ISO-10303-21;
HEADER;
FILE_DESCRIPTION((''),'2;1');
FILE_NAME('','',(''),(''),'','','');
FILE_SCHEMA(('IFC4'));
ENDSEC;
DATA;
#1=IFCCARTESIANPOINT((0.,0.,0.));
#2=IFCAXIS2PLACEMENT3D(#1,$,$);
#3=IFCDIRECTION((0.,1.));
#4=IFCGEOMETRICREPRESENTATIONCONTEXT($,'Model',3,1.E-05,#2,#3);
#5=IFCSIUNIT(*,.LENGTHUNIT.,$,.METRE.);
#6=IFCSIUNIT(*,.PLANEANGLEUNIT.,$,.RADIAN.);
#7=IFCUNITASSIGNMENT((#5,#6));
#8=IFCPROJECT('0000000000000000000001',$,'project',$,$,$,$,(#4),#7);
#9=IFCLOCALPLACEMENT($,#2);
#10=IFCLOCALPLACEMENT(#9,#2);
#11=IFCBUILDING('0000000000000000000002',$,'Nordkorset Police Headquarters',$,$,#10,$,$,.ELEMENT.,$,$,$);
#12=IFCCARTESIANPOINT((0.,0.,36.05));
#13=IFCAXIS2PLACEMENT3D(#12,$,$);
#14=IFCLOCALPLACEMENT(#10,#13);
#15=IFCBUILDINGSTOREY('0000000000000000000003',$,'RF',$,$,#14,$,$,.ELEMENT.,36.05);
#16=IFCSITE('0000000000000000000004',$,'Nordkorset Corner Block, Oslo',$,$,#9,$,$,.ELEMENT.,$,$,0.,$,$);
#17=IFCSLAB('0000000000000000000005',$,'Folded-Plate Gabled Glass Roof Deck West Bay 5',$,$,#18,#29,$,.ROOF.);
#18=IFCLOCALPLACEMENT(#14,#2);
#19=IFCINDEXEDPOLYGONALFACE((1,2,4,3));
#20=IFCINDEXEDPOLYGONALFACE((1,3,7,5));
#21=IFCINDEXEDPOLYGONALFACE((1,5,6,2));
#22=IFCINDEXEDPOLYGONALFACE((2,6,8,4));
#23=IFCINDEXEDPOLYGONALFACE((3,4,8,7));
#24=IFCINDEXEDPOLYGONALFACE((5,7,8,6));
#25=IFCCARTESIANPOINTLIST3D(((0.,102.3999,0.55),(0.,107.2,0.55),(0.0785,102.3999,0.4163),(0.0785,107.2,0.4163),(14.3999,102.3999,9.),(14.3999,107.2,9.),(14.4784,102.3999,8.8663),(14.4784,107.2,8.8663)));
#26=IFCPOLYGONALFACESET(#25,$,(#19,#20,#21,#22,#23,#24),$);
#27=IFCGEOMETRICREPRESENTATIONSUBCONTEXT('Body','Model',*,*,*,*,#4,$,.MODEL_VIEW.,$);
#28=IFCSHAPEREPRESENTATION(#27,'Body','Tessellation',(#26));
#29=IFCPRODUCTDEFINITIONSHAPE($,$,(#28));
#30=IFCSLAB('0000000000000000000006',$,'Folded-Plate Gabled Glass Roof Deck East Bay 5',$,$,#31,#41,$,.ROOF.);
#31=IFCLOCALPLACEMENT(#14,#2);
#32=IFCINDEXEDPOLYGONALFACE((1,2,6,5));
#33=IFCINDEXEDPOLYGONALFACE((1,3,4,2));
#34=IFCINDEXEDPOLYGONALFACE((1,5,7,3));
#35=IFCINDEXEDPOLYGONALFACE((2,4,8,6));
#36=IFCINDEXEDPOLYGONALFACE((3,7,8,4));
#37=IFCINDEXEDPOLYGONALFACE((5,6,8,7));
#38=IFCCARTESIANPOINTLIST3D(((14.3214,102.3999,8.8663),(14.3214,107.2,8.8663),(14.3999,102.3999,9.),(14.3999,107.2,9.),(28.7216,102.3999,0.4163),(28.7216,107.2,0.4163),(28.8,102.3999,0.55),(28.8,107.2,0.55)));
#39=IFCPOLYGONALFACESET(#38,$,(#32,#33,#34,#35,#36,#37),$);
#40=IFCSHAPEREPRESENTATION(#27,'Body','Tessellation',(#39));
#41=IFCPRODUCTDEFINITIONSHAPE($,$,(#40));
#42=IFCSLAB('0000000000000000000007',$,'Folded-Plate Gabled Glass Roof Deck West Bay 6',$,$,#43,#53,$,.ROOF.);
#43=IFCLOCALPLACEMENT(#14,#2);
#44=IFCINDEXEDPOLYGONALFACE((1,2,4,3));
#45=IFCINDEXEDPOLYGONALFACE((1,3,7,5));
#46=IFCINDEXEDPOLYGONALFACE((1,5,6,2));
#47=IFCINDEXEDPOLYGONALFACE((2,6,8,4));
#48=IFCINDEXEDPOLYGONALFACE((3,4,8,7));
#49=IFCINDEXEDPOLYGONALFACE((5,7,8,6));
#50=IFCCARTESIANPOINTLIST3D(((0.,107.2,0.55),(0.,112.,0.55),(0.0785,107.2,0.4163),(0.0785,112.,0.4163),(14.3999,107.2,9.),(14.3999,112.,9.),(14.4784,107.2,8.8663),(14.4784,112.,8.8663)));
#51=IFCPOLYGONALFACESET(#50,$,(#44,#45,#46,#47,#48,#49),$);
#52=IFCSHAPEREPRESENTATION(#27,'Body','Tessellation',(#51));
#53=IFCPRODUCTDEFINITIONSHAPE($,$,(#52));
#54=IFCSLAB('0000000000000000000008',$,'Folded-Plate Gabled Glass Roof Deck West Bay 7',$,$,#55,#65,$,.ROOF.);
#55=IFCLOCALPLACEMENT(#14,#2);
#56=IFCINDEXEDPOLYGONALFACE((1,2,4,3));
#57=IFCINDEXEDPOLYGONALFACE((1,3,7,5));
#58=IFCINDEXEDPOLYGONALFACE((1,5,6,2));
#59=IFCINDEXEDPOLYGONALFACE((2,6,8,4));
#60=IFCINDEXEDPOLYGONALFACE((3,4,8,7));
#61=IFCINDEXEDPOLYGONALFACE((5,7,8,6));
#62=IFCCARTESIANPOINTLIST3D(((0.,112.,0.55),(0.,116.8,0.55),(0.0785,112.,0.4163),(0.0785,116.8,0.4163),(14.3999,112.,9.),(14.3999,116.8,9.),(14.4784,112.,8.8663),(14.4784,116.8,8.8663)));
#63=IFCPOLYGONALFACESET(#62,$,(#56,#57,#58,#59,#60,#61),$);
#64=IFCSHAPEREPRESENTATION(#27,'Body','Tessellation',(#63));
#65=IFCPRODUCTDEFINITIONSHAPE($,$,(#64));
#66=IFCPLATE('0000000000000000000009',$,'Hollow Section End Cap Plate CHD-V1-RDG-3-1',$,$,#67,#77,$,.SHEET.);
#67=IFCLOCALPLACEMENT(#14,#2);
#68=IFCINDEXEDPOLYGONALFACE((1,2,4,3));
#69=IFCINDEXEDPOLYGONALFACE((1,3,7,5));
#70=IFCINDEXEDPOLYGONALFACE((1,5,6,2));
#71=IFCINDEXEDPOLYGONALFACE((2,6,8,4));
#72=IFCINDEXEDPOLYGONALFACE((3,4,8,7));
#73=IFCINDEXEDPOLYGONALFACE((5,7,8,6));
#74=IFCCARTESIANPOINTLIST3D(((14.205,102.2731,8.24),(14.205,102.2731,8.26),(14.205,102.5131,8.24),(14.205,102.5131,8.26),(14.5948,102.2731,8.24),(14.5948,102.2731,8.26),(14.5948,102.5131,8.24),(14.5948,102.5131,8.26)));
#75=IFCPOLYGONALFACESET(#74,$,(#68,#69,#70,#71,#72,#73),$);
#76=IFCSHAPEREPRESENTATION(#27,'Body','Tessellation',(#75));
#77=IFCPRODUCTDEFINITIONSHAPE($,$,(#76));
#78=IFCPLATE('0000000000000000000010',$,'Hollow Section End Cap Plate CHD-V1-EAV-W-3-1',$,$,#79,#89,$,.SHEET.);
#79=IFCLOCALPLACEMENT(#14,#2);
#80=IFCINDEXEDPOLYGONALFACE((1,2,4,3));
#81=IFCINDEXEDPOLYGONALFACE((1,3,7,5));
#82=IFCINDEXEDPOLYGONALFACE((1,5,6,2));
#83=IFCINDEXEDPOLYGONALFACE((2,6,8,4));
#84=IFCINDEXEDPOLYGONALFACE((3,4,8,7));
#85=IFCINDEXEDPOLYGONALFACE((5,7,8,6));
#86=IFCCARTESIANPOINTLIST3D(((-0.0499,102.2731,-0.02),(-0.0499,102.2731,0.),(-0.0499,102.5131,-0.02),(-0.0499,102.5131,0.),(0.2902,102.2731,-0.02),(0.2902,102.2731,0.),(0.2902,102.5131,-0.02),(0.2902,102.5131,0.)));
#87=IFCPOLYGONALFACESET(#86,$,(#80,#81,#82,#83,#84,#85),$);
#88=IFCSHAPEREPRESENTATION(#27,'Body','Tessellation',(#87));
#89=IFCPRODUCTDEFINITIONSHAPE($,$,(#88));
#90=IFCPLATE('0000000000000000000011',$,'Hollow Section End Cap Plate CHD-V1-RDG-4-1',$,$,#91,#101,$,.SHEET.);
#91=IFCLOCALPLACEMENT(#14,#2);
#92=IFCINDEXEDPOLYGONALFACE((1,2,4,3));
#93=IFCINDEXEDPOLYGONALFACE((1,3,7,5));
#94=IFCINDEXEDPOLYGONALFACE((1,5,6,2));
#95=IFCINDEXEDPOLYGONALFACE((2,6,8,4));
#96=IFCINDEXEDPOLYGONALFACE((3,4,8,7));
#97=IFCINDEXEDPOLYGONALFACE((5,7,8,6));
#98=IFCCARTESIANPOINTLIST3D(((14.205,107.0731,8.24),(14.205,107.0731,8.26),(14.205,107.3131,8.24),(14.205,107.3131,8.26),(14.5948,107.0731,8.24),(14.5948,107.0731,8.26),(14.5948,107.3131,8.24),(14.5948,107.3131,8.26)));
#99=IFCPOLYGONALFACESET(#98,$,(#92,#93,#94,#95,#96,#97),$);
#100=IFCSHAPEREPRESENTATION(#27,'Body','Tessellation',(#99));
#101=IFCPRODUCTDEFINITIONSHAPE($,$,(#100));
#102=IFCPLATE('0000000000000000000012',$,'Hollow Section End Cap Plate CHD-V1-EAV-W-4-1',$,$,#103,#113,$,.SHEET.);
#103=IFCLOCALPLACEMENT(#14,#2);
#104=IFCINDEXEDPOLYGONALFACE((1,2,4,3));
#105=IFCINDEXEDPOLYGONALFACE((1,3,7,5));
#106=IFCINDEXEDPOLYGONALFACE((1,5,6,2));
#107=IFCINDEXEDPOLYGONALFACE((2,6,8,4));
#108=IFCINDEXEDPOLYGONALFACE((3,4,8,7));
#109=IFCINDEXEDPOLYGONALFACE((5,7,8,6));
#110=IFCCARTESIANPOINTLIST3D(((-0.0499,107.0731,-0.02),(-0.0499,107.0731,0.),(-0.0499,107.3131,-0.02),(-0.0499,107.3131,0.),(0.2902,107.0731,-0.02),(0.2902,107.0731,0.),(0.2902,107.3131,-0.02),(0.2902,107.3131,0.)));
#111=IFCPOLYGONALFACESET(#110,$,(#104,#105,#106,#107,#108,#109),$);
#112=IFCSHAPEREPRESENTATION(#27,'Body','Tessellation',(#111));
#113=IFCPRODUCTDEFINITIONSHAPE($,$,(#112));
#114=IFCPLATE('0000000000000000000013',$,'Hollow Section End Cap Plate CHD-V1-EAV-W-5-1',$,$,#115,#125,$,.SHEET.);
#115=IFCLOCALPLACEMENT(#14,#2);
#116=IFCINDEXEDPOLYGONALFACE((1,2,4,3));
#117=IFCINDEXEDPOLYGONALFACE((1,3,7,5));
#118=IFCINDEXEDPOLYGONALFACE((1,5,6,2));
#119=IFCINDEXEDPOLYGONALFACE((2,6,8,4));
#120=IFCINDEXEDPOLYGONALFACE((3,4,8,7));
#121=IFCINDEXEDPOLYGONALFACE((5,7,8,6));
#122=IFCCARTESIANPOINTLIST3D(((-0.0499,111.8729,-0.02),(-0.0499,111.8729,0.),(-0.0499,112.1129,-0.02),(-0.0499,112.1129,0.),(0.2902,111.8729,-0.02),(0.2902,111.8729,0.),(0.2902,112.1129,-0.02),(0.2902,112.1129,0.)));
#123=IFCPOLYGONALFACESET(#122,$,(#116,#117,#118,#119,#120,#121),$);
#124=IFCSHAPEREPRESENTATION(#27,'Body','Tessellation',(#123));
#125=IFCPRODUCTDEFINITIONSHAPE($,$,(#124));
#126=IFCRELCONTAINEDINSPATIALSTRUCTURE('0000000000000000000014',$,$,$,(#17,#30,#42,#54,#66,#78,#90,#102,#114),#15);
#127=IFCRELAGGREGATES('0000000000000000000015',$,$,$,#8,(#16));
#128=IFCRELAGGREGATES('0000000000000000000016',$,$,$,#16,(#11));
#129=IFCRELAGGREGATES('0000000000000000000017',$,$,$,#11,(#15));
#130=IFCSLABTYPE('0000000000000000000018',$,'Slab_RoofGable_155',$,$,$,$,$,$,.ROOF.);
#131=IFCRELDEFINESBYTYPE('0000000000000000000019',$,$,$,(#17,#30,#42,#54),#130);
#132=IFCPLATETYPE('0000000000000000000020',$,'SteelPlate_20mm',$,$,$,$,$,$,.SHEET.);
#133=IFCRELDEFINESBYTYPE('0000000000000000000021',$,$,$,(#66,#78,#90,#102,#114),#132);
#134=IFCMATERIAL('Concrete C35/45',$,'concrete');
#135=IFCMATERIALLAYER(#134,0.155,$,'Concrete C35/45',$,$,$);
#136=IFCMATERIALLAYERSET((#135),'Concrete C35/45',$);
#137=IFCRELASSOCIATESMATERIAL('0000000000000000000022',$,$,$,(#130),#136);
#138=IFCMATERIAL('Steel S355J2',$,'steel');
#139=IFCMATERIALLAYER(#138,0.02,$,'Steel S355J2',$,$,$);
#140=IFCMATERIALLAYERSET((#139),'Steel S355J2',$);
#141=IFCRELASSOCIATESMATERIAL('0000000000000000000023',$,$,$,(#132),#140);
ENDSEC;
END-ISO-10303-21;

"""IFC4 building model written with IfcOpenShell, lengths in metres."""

from ifc_helpers import new_model, si_unit, direction, frame, origin, origin_2d, place, context, subcontext, project, spatial, polyline, rectangle, outline, extrude, material, layer, layer_set, type_object, element, save


model = new_model("IFC4")

# Units and contexts
model_context = context("Model", 3, precision=1e-05, world=origin(), true_north=direction((0.0, 1.0)))
body_context = subcontext(model_context, "Body", "Model", "MODEL_VIEW")
ifc_project = project(units=[si_unit("LENGTHUNIT", "METRE"), si_unit("PLANEANGLEUNIT", "RADIAN")], contexts=[model_context])

# Site, building, storey
site_placement = place(None, origin())
site = spatial("IfcSite", under=ifc_project, at=site_placement, Name="Nordkorset Corner Block, Oslo", CompositionType="ELEMENT", RefElevation=0.0)
building_placement = place(site_placement, origin())
building = spatial("IfcBuilding", under=site, at=building_placement, Name="Nordkorset Police Headquarters", CompositionType="ELEMENT")
storey_placement = place(building_placement, frame((0.0, 0.0, 36.05)))
storey = spatial("IfcBuildingStorey", under=building, at=storey_placement, Name="RF", CompositionType="ELEMENT", Elevation=36.05)

# Slabs
ifc_material_1 = material(Name="Concrete C35/45", Category="concrete")
ifc_layer_1 = layer(ifc_material_1, 0.155, Name="Concrete C35/45")
ifc_layer_set_1 = layer_set([ifc_layer_1], Name="Concrete C35/45")
slab_type = type_object("IfcSlabType", Name="Slab_RoofGable_155", PredefinedType="ROOF", material=ifc_layer_set_1)
slab_1_placement = place(storey_placement, frame((0.0, 102.3999, 0.55), z_axis=(-0.506104, 0.0, 0.862472), x_axis=(0.862472, 0.0, 0.506104)))
element("IfcSlab", 1, at=slab_1_placement, inside=storey, type_object=slab_type, Name="Folded-Plate Gabled Glass Roof Deck West Bay 5", PredefinedType="ROOF", context=body_context, shape_type="SweptSolid", body=[
    extrude(outline(polyline([(0.0, 0.0), (16.6961, 0.0), (16.6961, 4.8), (0.0, 4.8), (0.0, 0.0)])), origin(), (0.0, 0.0, -1.0), 0.155),
])
slab_2_placement = place(storey_placement, frame((14.3999, 102.3999, 9.0), z_axis=(0.506098, 0.0, 0.862476), x_axis=(0.862476, 0.0, -0.506098)))
element("IfcSlab", 2, at=slab_2_placement, inside=storey, type_object=slab_type, Name="Folded-Plate Gabled Glass Roof Deck East Bay 5", PredefinedType="ROOF", context=body_context, shape_type="SweptSolid", body=[
    extrude(outline(polyline([(0.0, 0.0), (16.6963, 0.0), (16.6963, 4.8), (0.0, 4.8), (0.0, 0.0)])), origin(), (0.0, 0.0, -1.0), 0.155),
])
for number, where, z_axis, x_axis, name in (
    (3, (0.0, 107.2, 0.55), (-0.506104, 0.0, 0.862472), (0.862472, 0.0, 0.506104), "Folded-Plate Gabled Glass Roof Deck West Bay 6"),
    (4, (0.0, 112.0, 0.55), (-0.506104, 0.0, 0.862472), (0.862472, 0.0, 0.506104), "Folded-Plate Gabled Glass Roof Deck West Bay 7"),
):
    element("IfcSlab", number, at=place(storey_placement, frame(where, z_axis=z_axis, x_axis=x_axis)), inside=storey, type_object=slab_type, Name=name, PredefinedType="ROOF", context=body_context, shape_type="SweptSolid", body=[
        extrude(outline(polyline([(0.0, 0.0), (16.6961, 0.0), (16.6961, 4.8), (0.0, 4.8), (0.0, 0.0)])), origin(), (0.0, 0.0, -1.0), 0.155),
    ])

# Plates
ifc_material_2 = material(Name="Steel S355J2", Category="steel")
ifc_layer_2 = layer(ifc_material_2, 0.02, Name="Steel S355J2")
ifc_layer_set_2 = layer_set([ifc_layer_2], Name="Steel S355J2")
plate_type = type_object("IfcPlateType", Name="SteelPlate_20mm", PredefinedType="SHEET", material=ifc_layer_set_2)
plate_1_placement = place(storey_placement, frame((14.3999, 102.3931, 8.24), z_axis=(0.0, 0.0, 1.0), x_axis=(1.0, 0.0, 0.0)))
element("IfcPlate", 5, at=plate_1_placement, inside=storey, type_object=plate_type, Name="Hollow Section End Cap Plate CHD-V1-RDG-3-1", PredefinedType="SHEET", context=body_context, shape_type="SweptSolid", body=[
    extrude(rectangle(XDim=0.3899, YDim=0.24, at=origin_2d()), origin(), (0.0, 0.0, 1.0), 0.02),
])
plate_2_placement = place(storey_placement, frame((0.1201, 102.3931, -0.02), z_axis=(0.0, 0.0, 1.0), x_axis=(1.0, 0.0, 0.0)))
element("IfcPlate", 6, at=plate_2_placement, inside=storey, type_object=plate_type, Name="Hollow Section End Cap Plate CHD-V1-EAV-W-3-1", PredefinedType="SHEET", context=body_context, shape_type="SweptSolid", body=[
    extrude(rectangle(XDim=0.3401, YDim=0.24, at=origin_2d()), origin(), (0.0, 0.0, 1.0), 0.02),
])
plate_3_placement = place(storey_placement, frame((14.3999, 107.1931, 8.24), z_axis=(0.0, 0.0, 1.0), x_axis=(1.0, 0.0, 0.0)))
element("IfcPlate", 7, at=plate_3_placement, inside=storey, type_object=plate_type, Name="Hollow Section End Cap Plate CHD-V1-RDG-4-1", PredefinedType="SHEET", context=body_context, shape_type="SweptSolid", body=[
    extrude(rectangle(XDim=0.3899, YDim=0.24, at=origin_2d()), origin(), (0.0, 0.0, 1.0), 0.02),
])
for number, where, z_axis, x_axis, name in (
    (8, (0.1201, 107.1931, -0.02), (0.0, 0.0, 1.0), (1.0, 0.0, 0.0), "Hollow Section End Cap Plate CHD-V1-EAV-W-4-1"),
    (9, (0.1201, 111.9929, -0.02), (0.0, 0.0, 1.0), (1.0, 0.0, 0.0), "Hollow Section End Cap Plate CHD-V1-EAV-W-5-1"),
):
    element("IfcPlate", number, at=place(storey_placement, frame(where, z_axis=z_axis, x_axis=x_axis)), inside=storey, type_object=plate_type, Name=name, PredefinedType="SHEET", context=body_context, shape_type="SweptSolid", body=[
        extrude(rectangle(XDim=0.3401, YDim=0.24, at=origin_2d()), origin(), (0.0, 0.0, 1.0), 0.02),
    ])

save(model, "model.ifc")
